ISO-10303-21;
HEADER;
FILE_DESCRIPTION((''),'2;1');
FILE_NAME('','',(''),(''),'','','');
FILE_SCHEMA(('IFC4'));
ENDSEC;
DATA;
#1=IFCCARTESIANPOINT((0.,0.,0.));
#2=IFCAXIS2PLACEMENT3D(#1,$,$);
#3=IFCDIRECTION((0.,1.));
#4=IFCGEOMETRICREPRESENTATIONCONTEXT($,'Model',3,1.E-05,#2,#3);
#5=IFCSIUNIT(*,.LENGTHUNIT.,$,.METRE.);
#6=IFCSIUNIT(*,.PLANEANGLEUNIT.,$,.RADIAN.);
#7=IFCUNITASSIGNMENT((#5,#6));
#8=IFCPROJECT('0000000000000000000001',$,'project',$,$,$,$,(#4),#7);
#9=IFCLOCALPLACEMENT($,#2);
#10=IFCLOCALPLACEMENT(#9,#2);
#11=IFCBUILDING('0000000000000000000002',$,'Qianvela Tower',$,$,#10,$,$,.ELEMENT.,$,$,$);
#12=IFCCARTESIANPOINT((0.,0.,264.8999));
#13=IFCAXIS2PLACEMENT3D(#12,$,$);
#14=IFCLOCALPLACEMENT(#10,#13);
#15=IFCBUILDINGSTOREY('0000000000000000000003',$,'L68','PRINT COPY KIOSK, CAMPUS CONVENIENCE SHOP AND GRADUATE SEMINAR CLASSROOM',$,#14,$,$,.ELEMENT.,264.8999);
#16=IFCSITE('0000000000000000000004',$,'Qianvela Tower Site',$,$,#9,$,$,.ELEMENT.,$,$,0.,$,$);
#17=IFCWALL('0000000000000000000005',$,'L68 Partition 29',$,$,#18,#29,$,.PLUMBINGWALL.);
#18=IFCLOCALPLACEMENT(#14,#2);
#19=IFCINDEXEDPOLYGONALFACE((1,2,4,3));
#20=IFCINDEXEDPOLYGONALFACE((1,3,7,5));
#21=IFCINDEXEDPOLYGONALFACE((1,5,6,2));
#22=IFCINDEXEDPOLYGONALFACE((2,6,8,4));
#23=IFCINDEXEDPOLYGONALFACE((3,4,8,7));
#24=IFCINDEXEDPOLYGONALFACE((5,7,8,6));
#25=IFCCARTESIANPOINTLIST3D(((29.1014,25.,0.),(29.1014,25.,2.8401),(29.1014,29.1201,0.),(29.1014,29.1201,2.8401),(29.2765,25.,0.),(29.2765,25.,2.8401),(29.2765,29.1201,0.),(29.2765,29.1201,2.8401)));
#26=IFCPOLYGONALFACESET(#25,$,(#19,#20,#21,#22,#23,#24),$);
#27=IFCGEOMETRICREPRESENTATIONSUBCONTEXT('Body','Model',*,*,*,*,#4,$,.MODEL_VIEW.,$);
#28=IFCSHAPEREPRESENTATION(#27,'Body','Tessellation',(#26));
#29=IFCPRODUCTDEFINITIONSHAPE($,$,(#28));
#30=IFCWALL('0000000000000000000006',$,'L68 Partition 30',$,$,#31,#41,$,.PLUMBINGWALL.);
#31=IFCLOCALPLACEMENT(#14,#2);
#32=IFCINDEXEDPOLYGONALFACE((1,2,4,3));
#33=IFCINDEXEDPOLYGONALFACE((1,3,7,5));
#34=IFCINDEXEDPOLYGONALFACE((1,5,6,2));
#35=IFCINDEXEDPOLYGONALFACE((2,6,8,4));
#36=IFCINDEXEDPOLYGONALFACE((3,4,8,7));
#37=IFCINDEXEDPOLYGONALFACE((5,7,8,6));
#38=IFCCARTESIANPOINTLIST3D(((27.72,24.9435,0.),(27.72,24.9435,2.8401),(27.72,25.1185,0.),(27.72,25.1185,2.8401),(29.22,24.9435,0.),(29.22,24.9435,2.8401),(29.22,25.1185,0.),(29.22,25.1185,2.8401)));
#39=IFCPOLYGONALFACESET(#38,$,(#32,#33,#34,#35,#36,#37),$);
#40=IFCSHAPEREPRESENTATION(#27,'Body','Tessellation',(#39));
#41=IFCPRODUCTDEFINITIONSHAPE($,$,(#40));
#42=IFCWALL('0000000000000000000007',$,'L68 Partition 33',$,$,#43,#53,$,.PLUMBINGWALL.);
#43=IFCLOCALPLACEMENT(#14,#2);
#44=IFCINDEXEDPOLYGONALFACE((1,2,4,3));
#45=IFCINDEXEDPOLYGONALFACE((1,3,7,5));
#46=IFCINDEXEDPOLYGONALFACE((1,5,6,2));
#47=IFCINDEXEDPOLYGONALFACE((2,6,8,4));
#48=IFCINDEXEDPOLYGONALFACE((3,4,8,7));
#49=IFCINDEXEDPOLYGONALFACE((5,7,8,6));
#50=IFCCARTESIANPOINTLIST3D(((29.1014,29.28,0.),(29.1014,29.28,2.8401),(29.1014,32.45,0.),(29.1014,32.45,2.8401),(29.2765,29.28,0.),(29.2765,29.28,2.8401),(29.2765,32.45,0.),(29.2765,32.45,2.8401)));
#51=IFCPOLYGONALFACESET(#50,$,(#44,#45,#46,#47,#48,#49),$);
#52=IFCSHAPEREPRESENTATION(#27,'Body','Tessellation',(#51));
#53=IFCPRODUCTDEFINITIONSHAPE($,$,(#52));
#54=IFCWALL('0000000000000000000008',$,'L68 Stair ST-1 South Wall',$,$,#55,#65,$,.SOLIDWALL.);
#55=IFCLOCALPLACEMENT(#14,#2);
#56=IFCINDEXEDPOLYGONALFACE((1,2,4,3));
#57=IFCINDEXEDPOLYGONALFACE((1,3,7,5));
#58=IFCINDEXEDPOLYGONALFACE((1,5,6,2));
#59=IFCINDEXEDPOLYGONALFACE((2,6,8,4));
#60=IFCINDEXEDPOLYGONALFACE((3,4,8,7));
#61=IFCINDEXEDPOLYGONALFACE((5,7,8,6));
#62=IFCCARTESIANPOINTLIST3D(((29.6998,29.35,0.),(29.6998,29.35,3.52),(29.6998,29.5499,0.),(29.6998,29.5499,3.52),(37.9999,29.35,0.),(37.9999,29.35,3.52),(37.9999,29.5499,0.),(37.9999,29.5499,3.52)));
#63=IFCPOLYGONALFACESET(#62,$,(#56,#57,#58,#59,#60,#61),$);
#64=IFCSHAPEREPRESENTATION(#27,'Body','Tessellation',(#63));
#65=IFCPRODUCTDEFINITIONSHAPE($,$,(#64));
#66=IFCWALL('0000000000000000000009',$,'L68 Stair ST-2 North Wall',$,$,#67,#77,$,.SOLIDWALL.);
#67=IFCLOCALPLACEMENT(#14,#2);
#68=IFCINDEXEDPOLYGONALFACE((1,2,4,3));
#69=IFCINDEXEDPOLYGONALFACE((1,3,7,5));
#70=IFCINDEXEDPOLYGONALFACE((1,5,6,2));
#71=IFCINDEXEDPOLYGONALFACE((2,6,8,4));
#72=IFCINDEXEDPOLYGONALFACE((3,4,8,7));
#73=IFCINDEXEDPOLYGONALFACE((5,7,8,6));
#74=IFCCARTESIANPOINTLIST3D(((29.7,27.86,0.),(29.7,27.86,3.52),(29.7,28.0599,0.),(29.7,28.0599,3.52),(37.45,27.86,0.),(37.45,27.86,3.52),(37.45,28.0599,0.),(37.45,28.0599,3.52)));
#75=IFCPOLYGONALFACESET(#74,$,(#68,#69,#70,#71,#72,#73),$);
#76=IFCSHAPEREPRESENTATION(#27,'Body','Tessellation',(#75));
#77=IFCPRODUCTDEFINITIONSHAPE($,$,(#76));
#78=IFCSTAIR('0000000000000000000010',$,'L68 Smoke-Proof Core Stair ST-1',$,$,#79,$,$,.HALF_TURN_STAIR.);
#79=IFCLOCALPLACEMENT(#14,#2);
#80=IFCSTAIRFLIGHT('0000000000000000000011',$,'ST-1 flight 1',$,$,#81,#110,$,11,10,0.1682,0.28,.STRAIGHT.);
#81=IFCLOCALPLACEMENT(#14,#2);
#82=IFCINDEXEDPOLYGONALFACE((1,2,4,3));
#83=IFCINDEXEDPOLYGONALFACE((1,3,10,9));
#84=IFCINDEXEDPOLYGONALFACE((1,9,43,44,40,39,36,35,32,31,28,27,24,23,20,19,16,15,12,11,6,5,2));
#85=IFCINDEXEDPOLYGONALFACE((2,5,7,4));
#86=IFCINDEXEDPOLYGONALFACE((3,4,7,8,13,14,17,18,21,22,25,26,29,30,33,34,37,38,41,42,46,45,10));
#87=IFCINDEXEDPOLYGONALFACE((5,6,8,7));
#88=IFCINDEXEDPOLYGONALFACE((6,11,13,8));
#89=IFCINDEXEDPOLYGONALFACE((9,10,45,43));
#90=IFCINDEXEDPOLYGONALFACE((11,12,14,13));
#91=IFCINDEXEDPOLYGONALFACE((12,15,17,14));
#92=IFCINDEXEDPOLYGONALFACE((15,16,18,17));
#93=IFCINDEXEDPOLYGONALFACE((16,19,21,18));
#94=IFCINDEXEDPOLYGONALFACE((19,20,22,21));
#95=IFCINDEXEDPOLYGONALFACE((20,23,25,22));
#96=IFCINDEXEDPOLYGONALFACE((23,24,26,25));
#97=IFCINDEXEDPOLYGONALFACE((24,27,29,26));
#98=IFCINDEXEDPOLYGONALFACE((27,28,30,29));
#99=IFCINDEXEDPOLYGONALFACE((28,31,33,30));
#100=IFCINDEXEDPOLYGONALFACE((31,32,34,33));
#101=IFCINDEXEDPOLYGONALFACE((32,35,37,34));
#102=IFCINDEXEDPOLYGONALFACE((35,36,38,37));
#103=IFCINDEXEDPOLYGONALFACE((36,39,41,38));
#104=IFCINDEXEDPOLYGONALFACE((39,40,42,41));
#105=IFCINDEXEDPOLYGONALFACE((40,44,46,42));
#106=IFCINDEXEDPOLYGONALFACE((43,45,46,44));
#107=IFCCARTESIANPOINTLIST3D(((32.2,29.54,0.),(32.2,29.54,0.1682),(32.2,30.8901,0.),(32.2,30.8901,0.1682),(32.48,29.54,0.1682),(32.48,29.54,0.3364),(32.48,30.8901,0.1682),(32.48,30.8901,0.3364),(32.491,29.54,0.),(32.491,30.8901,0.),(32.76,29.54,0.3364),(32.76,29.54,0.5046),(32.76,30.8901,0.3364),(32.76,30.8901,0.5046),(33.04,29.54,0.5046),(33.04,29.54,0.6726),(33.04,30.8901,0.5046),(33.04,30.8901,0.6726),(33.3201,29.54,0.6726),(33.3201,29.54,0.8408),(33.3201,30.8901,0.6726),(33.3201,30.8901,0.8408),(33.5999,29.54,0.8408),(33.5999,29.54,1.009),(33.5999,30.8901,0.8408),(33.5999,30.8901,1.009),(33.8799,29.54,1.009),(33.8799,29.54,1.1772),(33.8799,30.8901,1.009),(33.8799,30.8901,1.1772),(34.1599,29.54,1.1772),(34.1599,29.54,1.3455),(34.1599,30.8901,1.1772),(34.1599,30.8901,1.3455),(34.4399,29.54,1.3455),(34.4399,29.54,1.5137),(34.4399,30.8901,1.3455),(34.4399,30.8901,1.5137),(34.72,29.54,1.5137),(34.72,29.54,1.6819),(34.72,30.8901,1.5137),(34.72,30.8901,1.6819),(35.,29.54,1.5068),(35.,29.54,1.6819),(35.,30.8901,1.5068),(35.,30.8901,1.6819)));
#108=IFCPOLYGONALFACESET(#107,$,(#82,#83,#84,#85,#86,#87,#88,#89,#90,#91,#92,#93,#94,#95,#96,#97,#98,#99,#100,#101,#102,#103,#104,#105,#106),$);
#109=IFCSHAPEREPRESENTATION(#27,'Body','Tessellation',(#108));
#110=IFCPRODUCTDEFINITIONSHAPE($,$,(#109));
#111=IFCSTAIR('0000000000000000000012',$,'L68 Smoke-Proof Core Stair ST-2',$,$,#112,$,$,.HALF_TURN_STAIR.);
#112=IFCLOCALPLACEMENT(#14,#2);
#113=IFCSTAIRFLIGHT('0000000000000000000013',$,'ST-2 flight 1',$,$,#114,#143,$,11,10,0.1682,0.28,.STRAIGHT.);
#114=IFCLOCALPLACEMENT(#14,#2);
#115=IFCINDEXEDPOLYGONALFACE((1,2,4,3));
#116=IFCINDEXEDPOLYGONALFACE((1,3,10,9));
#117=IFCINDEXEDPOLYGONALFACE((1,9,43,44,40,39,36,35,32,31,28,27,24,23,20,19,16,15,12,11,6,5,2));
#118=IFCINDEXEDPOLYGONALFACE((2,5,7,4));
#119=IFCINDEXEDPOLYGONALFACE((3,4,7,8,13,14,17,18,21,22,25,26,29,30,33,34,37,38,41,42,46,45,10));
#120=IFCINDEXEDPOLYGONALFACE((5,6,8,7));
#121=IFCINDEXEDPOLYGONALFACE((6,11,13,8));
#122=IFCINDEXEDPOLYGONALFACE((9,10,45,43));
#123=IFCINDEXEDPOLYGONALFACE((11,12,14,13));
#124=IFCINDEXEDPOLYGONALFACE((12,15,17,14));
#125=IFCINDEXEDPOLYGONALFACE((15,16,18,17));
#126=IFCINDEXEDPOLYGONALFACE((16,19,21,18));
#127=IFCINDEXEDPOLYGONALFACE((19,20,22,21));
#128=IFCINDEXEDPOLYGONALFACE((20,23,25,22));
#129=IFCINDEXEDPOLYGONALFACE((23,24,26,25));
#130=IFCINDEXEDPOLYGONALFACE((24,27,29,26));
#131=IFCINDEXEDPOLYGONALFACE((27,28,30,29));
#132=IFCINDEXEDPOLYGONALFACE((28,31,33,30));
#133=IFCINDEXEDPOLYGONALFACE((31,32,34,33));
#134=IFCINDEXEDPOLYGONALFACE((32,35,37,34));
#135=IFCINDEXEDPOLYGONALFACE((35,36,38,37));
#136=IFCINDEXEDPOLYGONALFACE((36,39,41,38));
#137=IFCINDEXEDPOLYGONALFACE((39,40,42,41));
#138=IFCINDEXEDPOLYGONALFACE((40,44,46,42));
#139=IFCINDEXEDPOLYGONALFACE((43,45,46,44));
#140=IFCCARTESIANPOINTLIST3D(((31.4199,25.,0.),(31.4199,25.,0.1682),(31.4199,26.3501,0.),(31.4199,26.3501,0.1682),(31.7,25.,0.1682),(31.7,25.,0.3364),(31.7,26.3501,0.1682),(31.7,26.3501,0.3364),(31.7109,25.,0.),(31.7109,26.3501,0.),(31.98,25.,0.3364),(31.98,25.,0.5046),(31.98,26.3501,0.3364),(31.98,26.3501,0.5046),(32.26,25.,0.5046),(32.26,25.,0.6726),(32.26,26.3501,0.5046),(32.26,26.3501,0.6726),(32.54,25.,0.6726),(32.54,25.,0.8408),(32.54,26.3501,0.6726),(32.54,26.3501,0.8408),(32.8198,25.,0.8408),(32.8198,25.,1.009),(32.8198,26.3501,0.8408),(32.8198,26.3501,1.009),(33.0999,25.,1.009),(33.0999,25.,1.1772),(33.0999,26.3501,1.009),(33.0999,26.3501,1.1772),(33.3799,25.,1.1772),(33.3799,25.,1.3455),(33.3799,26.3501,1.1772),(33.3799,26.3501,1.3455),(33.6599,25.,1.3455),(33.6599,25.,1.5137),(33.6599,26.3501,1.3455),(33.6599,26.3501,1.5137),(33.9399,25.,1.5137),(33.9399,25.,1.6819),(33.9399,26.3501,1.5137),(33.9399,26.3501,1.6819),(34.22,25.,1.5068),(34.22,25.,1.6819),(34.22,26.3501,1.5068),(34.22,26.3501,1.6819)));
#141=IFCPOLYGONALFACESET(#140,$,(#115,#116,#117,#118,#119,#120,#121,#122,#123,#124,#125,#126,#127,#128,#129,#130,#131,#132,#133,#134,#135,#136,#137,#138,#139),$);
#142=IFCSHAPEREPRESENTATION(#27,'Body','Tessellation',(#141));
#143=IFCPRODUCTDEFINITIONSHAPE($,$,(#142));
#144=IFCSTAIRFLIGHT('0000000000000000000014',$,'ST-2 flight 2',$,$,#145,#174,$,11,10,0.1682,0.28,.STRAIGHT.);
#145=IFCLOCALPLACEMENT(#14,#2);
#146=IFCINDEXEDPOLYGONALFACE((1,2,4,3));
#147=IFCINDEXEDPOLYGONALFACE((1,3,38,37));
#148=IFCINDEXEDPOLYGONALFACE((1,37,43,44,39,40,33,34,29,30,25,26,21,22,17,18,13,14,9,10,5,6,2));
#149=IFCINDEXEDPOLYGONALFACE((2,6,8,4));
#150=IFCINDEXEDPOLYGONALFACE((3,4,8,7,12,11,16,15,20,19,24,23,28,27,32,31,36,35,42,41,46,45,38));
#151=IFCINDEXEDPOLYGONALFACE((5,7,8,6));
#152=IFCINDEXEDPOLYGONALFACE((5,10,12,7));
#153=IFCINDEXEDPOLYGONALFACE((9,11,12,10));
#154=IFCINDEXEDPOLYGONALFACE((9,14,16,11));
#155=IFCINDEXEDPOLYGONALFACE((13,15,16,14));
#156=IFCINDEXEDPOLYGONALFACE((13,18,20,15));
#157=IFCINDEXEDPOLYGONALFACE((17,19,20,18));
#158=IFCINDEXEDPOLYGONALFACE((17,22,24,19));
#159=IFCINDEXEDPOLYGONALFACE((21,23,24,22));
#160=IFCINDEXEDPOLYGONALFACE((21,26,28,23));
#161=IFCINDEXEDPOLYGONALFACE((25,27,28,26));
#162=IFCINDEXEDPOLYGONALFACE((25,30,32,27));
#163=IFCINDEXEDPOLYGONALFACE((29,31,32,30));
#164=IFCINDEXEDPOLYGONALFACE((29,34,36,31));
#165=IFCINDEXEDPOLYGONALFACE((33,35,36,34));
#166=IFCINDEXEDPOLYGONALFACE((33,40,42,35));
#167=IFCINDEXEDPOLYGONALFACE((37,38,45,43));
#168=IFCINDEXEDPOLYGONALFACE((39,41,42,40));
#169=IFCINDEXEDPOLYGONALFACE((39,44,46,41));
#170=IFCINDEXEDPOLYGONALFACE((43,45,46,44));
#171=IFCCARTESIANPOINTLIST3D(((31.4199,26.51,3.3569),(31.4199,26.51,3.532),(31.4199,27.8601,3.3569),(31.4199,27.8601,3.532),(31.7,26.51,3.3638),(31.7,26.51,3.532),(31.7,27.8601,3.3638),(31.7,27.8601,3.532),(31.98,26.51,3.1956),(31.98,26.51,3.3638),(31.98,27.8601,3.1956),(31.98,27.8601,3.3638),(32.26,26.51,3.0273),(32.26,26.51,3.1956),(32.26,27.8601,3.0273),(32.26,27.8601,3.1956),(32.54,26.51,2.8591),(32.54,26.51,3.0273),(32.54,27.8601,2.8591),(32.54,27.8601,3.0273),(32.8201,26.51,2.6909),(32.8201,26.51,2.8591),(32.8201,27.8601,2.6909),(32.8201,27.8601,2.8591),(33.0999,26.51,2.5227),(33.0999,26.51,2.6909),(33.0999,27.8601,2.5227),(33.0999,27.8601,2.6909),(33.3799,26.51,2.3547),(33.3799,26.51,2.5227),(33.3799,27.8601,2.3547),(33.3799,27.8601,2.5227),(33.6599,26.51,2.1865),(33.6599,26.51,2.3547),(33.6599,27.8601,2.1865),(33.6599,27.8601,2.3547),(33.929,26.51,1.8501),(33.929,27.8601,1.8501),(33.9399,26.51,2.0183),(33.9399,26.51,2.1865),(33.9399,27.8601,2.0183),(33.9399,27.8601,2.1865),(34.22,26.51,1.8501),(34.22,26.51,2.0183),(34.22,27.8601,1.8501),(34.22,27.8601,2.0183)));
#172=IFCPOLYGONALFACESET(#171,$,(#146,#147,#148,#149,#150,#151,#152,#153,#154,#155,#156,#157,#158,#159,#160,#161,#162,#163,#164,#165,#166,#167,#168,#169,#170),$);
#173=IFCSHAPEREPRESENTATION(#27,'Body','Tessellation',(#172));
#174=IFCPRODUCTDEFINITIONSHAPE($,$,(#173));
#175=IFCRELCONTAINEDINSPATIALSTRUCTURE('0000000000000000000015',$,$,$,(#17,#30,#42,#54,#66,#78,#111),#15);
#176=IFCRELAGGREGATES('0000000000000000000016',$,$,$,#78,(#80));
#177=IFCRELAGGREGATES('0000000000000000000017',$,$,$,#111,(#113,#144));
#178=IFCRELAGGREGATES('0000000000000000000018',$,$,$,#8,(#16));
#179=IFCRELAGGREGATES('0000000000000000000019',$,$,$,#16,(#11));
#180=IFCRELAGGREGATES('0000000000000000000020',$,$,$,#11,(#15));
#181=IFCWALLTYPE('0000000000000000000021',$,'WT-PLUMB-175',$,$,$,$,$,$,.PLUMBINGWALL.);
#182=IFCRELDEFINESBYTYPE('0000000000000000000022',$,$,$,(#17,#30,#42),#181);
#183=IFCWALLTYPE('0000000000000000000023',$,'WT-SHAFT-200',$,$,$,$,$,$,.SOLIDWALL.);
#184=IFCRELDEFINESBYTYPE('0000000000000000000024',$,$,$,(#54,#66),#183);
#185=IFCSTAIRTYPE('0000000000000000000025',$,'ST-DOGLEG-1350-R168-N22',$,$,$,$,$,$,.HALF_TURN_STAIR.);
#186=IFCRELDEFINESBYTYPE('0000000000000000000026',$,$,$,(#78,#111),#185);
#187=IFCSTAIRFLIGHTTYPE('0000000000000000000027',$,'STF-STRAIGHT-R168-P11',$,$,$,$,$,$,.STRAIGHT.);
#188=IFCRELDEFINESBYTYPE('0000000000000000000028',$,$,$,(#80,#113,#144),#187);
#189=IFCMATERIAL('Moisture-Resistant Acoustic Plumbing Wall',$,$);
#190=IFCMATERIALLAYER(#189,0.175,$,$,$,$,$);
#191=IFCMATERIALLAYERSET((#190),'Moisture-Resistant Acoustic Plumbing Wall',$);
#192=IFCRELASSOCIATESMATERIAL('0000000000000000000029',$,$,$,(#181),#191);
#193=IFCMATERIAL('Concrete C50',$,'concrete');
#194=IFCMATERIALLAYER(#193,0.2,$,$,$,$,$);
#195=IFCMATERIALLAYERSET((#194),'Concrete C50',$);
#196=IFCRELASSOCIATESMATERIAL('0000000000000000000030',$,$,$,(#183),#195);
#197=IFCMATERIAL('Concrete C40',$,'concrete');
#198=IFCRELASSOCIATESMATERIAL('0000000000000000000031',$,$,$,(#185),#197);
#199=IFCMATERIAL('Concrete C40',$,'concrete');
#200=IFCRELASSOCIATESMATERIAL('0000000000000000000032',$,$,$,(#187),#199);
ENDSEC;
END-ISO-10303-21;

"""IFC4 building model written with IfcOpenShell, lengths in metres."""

from ifc_helpers import new_model, si_unit, direction, frame, frame_2d, origin, place, context, subcontext, project, spatial, polyline, rectangle, outline, extrude, material, layer, layer_set, type_object, element, aggregate, save


model = new_model("IFC4")

# Units and contexts
model_context = context("Model", 3, precision=1e-05, world=origin(), true_north=direction((0.0, 1.0)))
body_context = subcontext(model_context, "Body", "Model", "MODEL_VIEW")
ifc_project = project(units=[si_unit("LENGTHUNIT", "METRE"), si_unit("PLANEANGLEUNIT", "RADIAN")], contexts=[model_context])

# Site, building, storey
site_placement = place(None, origin())
site = spatial("IfcSite", under=ifc_project, at=site_placement, Name="Qianvela Tower Site", CompositionType="ELEMENT", RefElevation=0.0)
building_placement = place(site_placement, origin())
building = spatial("IfcBuilding", under=site, at=building_placement, Name="Qianvela Tower", CompositionType="ELEMENT")
storey_placement = place(building_placement, frame((0.0, 0.0, 264.8999)))
storey = spatial("IfcBuildingStorey", under=building, at=storey_placement, Name="L68", Description="PRINT COPY KIOSK, CAMPUS CONVENIENCE SHOP AND GRADUATE SEMINAR CLASSROOM", CompositionType="ELEMENT", Elevation=264.8999)

# Walls
ifc_material_1 = material(Name="Moisture-Resistant Acoustic Plumbing Wall")
ifc_layer_1 = layer(ifc_material_1, 0.175)
ifc_layer_set_1 = layer_set([ifc_layer_1], Name="Moisture-Resistant Acoustic Plumbing Wall")
wall_type_1 = type_object("IfcWallType", Name="WT-PLUMB-175", PredefinedType="PLUMBINGWALL", material=ifc_layer_set_1)
wall_1_placement = place(storey_placement, frame((29.189, 29.1201, 0.0), z_axis=(0.0, 0.0, 1.0), x_axis=(0.0, -1.0, 0.0)))
element("IfcWall", 1, at=wall_1_placement, inside=storey, type_object=wall_type_1, Name="L68 Partition 29", PredefinedType="PLUMBINGWALL", context=body_context, shape_type="SweptSolid", body=[
    extrude(rectangle(XDim=4.1201, YDim=0.175, at=frame_2d((2.0601, 0.0))), origin(), (0.0, 0.0, 1.0), 2.8401),
])
wall_2_placement = place(storey_placement, frame((29.22, 25.031, 0.0), z_axis=(0.0, 0.0, 1.0), x_axis=(-1.0, 0.0, 0.0)))
element("IfcWall", 2, at=wall_2_placement, inside=storey, type_object=wall_type_1, Name="L68 Partition 30", PredefinedType="PLUMBINGWALL", context=body_context, shape_type="SweptSolid", body=[
    extrude(rectangle(XDim=1.5, YDim=0.175, at=frame_2d((0.75, 0.0))), origin(), (0.0, 0.0, 1.0), 2.8401),
])
wall_3_placement = place(storey_placement, frame((29.189, 32.45, 0.0), z_axis=(0.0, 0.0, 1.0), x_axis=(0.0, -1.0, 0.0)))
element("IfcWall", 3, at=wall_3_placement, inside=storey, type_object=wall_type_1, Name="L68 Partition 33", PredefinedType="PLUMBINGWALL", context=body_context, shape_type="SweptSolid", body=[
    extrude(rectangle(XDim=3.1699, YDim=0.175, at=frame_2d((1.585, 0.0))), origin(), (0.0, 0.0, 1.0), 2.8401),
])
ifc_material_2 = material(Name="Concrete C50", Category="concrete")
ifc_layer_2 = layer(ifc_material_2, 0.2)
ifc_layer_set_2 = layer_set([ifc_layer_2], Name="Concrete C50")
wall_type_2 = type_object("IfcWallType", Name="WT-SHAFT-200", PredefinedType="SOLIDWALL", material=ifc_layer_set_2)
wall_4_placement = place(storey_placement, frame((29.7, 29.45, 0.0), z_axis=(0.0, 0.0, 1.0), x_axis=(1.0, 0.0, 0.0)))
element("IfcWall", 4, at=wall_4_placement, inside=storey, type_object=wall_type_2, Name="L68 Stair ST-1 South Wall", PredefinedType="SOLIDWALL", context=body_context, shape_type="SweptSolid", body=[
    extrude(rectangle(XDim=8.3, YDim=0.2, at=frame_2d((4.1499, 0.0))), origin(), (0.0, 0.0, 1.0), 3.52),
])
wall_5_placement = place(storey_placement, frame((29.7, 27.96, 0.0), z_axis=(0.0, 0.0, 1.0), x_axis=(1.0, 0.0, 0.0)))
element("IfcWall", 5, at=wall_5_placement, inside=storey, type_object=wall_type_2, Name="L68 Stair ST-2 North Wall", PredefinedType="SOLIDWALL", context=body_context, shape_type="SweptSolid", body=[
    extrude(rectangle(XDim=7.75, YDim=0.2, at=frame_2d((3.875, 0.0))), origin(), (0.0, 0.0, 1.0), 3.52),
])

# Stair, stair flight
ifc_material_3 = material(Name="Concrete C40", Category="concrete")
stair_type = type_object("IfcStairType", Name="ST-DOGLEG-1350-R168-N22", PredefinedType="HALF_TURN_STAIR", material=ifc_material_3)
stair_1_placement = place(storey_placement, origin())
stair_1 = element("IfcStair", 6, at=stair_1_placement, inside=storey, type_object=stair_type, Name="L68 Smoke-Proof Core Stair ST-1", PredefinedType="HALF_TURN_STAIR")
ifc_material_4 = material(Name="Concrete C40", Category="concrete")
stair_flight_type = type_object("IfcStairFlightType", Name="STF-STRAIGHT-R168-P11", PredefinedType="STRAIGHT", material=ifc_material_4)
stair_flight_1_placement = place(storey_placement, frame((32.2, 30.2151, 0.0), z_axis=(0.0, 0.0, 1.0), x_axis=(1.0, 0.0, 0.0)))
stair_flight_1 = element("IfcStairFlight", 7, at=stair_flight_1_placement, type_object=stair_flight_type, Name="ST-1 flight 1", NumberOfRisers=11, NumberOfTreads=10, PredefinedType="STRAIGHT", RiserHeight=0.1682, TreadLength=0.28, context=body_context, shape_type="SweptSolid", body=[
    extrude(outline(polyline([(0.0, 0.0), (0.0, 0.1682), (0.28, 0.1682), (0.28, 0.3364), (0.5601, 0.3364), (0.5601, 0.5046), (0.8401, 0.5046), (0.8401, 0.6726), (1.1201, 0.6726), (1.1201, 0.8408), (1.3999, 0.8408), (1.3999, 1.009), (1.6799, 1.009), (1.6799, 1.1772), (1.96, 1.1772), (1.96, 1.3455), (2.24, 1.3455), (2.24, 1.5137), (2.52, 1.5137), (2.52, 1.6819), (2.8, 1.6819), (2.8, 1.8501), (2.8, 1.5068), (0.291, 0.0), (0.0, 0.0)])), frame((0.0, 0.675, 0.0), z_axis=(0.0, -1.0, 0.0), x_axis=(1.0, 0.0, 0.0)), (0.0, 0.0, 1.0), 1.3501),
])
aggregate(stair_1, [stair_flight_1])

# Stair, stair flights
stair_2_placement = place(storey_placement, origin())
stair_2 = element("IfcStair", 8, at=stair_2_placement, inside=storey, type_object=stair_type, Name="L68 Smoke-Proof Core Stair ST-2", PredefinedType="HALF_TURN_STAIR")
stair_flight_2_placement = place(storey_placement, frame((31.4199, 25.675, 0.0), z_axis=(0.0, 0.0, 1.0), x_axis=(1.0, 0.0, 0.0)))
stair_flight_2 = element("IfcStairFlight", 9, at=stair_flight_2_placement, type_object=stair_flight_type, Name="ST-2 flight 1", NumberOfRisers=11, NumberOfTreads=10, PredefinedType="STRAIGHT", RiserHeight=0.1682, TreadLength=0.28, context=body_context, shape_type="SweptSolid", body=[
    extrude(outline(polyline([(0.0, 0.0), (0.0, 0.1682), (0.28, 0.1682), (0.28, 0.3364), (0.5601, 0.3364), (0.5601, 0.5046), (0.8401, 0.5046), (0.8401, 0.6726), (1.1201, 0.6726), (1.1201, 0.8408), (1.3999, 0.8408), (1.3999, 1.009), (1.6799, 1.009), (1.6799, 1.1772), (1.96, 1.1772), (1.96, 1.3455), (2.24, 1.3455), (2.24, 1.5137), (2.52, 1.5137), (2.52, 1.6819), (2.8, 1.6819), (2.8, 1.8501), (2.8, 1.5068), (0.291, 0.0), (0.0, 0.0)])), frame((0.0, 0.675, 0.0), z_axis=(0.0, -1.0, 0.0), x_axis=(1.0, 0.0, 0.0)), (0.0, 0.0, 1.0), 1.3501),
])
stair_flight_3_placement = place(storey_placement, frame((34.22, 27.1851, 1.8501), z_axis=(0.0, 0.0, 1.0), x_axis=(-1.0, 0.0, 0.0)))
stair_flight_3 = element("IfcStairFlight", 10, at=stair_flight_3_placement, type_object=stair_flight_type, Name="ST-2 flight 2", NumberOfRisers=11, NumberOfTreads=10, PredefinedType="STRAIGHT", RiserHeight=0.1682, TreadLength=0.28, context=body_context, shape_type="SweptSolid", body=[
    extrude(outline(polyline([(0.0, 0.0), (0.0, 0.1682), (0.28, 0.1682), (0.28, 0.3364), (0.5601, 0.3364), (0.5601, 0.5046), (0.8401, 0.5046), (0.8401, 0.6726), (1.1201, 0.6726), (1.1201, 0.8408), (1.3999, 0.8408), (1.3999, 1.009), (1.6799, 1.009), (1.6799, 1.1772), (1.96, 1.1772), (1.96, 1.3455), (2.24, 1.3455), (2.24, 1.5137), (2.52, 1.5137), (2.52, 1.6819), (2.8, 1.6819), (2.8, 1.8501), (2.8, 1.5068), (0.291, 0.0), (0.0, 0.0)])), frame((0.0, 0.675, 0.0), z_axis=(0.0, -1.0, 0.0), x_axis=(1.0, 0.0, 0.0)), (0.0, 0.0, 1.0), 1.3501),
])
aggregate(stair_2, [stair_flight_2, stair_flight_3])

save(model, "model.ifc")
